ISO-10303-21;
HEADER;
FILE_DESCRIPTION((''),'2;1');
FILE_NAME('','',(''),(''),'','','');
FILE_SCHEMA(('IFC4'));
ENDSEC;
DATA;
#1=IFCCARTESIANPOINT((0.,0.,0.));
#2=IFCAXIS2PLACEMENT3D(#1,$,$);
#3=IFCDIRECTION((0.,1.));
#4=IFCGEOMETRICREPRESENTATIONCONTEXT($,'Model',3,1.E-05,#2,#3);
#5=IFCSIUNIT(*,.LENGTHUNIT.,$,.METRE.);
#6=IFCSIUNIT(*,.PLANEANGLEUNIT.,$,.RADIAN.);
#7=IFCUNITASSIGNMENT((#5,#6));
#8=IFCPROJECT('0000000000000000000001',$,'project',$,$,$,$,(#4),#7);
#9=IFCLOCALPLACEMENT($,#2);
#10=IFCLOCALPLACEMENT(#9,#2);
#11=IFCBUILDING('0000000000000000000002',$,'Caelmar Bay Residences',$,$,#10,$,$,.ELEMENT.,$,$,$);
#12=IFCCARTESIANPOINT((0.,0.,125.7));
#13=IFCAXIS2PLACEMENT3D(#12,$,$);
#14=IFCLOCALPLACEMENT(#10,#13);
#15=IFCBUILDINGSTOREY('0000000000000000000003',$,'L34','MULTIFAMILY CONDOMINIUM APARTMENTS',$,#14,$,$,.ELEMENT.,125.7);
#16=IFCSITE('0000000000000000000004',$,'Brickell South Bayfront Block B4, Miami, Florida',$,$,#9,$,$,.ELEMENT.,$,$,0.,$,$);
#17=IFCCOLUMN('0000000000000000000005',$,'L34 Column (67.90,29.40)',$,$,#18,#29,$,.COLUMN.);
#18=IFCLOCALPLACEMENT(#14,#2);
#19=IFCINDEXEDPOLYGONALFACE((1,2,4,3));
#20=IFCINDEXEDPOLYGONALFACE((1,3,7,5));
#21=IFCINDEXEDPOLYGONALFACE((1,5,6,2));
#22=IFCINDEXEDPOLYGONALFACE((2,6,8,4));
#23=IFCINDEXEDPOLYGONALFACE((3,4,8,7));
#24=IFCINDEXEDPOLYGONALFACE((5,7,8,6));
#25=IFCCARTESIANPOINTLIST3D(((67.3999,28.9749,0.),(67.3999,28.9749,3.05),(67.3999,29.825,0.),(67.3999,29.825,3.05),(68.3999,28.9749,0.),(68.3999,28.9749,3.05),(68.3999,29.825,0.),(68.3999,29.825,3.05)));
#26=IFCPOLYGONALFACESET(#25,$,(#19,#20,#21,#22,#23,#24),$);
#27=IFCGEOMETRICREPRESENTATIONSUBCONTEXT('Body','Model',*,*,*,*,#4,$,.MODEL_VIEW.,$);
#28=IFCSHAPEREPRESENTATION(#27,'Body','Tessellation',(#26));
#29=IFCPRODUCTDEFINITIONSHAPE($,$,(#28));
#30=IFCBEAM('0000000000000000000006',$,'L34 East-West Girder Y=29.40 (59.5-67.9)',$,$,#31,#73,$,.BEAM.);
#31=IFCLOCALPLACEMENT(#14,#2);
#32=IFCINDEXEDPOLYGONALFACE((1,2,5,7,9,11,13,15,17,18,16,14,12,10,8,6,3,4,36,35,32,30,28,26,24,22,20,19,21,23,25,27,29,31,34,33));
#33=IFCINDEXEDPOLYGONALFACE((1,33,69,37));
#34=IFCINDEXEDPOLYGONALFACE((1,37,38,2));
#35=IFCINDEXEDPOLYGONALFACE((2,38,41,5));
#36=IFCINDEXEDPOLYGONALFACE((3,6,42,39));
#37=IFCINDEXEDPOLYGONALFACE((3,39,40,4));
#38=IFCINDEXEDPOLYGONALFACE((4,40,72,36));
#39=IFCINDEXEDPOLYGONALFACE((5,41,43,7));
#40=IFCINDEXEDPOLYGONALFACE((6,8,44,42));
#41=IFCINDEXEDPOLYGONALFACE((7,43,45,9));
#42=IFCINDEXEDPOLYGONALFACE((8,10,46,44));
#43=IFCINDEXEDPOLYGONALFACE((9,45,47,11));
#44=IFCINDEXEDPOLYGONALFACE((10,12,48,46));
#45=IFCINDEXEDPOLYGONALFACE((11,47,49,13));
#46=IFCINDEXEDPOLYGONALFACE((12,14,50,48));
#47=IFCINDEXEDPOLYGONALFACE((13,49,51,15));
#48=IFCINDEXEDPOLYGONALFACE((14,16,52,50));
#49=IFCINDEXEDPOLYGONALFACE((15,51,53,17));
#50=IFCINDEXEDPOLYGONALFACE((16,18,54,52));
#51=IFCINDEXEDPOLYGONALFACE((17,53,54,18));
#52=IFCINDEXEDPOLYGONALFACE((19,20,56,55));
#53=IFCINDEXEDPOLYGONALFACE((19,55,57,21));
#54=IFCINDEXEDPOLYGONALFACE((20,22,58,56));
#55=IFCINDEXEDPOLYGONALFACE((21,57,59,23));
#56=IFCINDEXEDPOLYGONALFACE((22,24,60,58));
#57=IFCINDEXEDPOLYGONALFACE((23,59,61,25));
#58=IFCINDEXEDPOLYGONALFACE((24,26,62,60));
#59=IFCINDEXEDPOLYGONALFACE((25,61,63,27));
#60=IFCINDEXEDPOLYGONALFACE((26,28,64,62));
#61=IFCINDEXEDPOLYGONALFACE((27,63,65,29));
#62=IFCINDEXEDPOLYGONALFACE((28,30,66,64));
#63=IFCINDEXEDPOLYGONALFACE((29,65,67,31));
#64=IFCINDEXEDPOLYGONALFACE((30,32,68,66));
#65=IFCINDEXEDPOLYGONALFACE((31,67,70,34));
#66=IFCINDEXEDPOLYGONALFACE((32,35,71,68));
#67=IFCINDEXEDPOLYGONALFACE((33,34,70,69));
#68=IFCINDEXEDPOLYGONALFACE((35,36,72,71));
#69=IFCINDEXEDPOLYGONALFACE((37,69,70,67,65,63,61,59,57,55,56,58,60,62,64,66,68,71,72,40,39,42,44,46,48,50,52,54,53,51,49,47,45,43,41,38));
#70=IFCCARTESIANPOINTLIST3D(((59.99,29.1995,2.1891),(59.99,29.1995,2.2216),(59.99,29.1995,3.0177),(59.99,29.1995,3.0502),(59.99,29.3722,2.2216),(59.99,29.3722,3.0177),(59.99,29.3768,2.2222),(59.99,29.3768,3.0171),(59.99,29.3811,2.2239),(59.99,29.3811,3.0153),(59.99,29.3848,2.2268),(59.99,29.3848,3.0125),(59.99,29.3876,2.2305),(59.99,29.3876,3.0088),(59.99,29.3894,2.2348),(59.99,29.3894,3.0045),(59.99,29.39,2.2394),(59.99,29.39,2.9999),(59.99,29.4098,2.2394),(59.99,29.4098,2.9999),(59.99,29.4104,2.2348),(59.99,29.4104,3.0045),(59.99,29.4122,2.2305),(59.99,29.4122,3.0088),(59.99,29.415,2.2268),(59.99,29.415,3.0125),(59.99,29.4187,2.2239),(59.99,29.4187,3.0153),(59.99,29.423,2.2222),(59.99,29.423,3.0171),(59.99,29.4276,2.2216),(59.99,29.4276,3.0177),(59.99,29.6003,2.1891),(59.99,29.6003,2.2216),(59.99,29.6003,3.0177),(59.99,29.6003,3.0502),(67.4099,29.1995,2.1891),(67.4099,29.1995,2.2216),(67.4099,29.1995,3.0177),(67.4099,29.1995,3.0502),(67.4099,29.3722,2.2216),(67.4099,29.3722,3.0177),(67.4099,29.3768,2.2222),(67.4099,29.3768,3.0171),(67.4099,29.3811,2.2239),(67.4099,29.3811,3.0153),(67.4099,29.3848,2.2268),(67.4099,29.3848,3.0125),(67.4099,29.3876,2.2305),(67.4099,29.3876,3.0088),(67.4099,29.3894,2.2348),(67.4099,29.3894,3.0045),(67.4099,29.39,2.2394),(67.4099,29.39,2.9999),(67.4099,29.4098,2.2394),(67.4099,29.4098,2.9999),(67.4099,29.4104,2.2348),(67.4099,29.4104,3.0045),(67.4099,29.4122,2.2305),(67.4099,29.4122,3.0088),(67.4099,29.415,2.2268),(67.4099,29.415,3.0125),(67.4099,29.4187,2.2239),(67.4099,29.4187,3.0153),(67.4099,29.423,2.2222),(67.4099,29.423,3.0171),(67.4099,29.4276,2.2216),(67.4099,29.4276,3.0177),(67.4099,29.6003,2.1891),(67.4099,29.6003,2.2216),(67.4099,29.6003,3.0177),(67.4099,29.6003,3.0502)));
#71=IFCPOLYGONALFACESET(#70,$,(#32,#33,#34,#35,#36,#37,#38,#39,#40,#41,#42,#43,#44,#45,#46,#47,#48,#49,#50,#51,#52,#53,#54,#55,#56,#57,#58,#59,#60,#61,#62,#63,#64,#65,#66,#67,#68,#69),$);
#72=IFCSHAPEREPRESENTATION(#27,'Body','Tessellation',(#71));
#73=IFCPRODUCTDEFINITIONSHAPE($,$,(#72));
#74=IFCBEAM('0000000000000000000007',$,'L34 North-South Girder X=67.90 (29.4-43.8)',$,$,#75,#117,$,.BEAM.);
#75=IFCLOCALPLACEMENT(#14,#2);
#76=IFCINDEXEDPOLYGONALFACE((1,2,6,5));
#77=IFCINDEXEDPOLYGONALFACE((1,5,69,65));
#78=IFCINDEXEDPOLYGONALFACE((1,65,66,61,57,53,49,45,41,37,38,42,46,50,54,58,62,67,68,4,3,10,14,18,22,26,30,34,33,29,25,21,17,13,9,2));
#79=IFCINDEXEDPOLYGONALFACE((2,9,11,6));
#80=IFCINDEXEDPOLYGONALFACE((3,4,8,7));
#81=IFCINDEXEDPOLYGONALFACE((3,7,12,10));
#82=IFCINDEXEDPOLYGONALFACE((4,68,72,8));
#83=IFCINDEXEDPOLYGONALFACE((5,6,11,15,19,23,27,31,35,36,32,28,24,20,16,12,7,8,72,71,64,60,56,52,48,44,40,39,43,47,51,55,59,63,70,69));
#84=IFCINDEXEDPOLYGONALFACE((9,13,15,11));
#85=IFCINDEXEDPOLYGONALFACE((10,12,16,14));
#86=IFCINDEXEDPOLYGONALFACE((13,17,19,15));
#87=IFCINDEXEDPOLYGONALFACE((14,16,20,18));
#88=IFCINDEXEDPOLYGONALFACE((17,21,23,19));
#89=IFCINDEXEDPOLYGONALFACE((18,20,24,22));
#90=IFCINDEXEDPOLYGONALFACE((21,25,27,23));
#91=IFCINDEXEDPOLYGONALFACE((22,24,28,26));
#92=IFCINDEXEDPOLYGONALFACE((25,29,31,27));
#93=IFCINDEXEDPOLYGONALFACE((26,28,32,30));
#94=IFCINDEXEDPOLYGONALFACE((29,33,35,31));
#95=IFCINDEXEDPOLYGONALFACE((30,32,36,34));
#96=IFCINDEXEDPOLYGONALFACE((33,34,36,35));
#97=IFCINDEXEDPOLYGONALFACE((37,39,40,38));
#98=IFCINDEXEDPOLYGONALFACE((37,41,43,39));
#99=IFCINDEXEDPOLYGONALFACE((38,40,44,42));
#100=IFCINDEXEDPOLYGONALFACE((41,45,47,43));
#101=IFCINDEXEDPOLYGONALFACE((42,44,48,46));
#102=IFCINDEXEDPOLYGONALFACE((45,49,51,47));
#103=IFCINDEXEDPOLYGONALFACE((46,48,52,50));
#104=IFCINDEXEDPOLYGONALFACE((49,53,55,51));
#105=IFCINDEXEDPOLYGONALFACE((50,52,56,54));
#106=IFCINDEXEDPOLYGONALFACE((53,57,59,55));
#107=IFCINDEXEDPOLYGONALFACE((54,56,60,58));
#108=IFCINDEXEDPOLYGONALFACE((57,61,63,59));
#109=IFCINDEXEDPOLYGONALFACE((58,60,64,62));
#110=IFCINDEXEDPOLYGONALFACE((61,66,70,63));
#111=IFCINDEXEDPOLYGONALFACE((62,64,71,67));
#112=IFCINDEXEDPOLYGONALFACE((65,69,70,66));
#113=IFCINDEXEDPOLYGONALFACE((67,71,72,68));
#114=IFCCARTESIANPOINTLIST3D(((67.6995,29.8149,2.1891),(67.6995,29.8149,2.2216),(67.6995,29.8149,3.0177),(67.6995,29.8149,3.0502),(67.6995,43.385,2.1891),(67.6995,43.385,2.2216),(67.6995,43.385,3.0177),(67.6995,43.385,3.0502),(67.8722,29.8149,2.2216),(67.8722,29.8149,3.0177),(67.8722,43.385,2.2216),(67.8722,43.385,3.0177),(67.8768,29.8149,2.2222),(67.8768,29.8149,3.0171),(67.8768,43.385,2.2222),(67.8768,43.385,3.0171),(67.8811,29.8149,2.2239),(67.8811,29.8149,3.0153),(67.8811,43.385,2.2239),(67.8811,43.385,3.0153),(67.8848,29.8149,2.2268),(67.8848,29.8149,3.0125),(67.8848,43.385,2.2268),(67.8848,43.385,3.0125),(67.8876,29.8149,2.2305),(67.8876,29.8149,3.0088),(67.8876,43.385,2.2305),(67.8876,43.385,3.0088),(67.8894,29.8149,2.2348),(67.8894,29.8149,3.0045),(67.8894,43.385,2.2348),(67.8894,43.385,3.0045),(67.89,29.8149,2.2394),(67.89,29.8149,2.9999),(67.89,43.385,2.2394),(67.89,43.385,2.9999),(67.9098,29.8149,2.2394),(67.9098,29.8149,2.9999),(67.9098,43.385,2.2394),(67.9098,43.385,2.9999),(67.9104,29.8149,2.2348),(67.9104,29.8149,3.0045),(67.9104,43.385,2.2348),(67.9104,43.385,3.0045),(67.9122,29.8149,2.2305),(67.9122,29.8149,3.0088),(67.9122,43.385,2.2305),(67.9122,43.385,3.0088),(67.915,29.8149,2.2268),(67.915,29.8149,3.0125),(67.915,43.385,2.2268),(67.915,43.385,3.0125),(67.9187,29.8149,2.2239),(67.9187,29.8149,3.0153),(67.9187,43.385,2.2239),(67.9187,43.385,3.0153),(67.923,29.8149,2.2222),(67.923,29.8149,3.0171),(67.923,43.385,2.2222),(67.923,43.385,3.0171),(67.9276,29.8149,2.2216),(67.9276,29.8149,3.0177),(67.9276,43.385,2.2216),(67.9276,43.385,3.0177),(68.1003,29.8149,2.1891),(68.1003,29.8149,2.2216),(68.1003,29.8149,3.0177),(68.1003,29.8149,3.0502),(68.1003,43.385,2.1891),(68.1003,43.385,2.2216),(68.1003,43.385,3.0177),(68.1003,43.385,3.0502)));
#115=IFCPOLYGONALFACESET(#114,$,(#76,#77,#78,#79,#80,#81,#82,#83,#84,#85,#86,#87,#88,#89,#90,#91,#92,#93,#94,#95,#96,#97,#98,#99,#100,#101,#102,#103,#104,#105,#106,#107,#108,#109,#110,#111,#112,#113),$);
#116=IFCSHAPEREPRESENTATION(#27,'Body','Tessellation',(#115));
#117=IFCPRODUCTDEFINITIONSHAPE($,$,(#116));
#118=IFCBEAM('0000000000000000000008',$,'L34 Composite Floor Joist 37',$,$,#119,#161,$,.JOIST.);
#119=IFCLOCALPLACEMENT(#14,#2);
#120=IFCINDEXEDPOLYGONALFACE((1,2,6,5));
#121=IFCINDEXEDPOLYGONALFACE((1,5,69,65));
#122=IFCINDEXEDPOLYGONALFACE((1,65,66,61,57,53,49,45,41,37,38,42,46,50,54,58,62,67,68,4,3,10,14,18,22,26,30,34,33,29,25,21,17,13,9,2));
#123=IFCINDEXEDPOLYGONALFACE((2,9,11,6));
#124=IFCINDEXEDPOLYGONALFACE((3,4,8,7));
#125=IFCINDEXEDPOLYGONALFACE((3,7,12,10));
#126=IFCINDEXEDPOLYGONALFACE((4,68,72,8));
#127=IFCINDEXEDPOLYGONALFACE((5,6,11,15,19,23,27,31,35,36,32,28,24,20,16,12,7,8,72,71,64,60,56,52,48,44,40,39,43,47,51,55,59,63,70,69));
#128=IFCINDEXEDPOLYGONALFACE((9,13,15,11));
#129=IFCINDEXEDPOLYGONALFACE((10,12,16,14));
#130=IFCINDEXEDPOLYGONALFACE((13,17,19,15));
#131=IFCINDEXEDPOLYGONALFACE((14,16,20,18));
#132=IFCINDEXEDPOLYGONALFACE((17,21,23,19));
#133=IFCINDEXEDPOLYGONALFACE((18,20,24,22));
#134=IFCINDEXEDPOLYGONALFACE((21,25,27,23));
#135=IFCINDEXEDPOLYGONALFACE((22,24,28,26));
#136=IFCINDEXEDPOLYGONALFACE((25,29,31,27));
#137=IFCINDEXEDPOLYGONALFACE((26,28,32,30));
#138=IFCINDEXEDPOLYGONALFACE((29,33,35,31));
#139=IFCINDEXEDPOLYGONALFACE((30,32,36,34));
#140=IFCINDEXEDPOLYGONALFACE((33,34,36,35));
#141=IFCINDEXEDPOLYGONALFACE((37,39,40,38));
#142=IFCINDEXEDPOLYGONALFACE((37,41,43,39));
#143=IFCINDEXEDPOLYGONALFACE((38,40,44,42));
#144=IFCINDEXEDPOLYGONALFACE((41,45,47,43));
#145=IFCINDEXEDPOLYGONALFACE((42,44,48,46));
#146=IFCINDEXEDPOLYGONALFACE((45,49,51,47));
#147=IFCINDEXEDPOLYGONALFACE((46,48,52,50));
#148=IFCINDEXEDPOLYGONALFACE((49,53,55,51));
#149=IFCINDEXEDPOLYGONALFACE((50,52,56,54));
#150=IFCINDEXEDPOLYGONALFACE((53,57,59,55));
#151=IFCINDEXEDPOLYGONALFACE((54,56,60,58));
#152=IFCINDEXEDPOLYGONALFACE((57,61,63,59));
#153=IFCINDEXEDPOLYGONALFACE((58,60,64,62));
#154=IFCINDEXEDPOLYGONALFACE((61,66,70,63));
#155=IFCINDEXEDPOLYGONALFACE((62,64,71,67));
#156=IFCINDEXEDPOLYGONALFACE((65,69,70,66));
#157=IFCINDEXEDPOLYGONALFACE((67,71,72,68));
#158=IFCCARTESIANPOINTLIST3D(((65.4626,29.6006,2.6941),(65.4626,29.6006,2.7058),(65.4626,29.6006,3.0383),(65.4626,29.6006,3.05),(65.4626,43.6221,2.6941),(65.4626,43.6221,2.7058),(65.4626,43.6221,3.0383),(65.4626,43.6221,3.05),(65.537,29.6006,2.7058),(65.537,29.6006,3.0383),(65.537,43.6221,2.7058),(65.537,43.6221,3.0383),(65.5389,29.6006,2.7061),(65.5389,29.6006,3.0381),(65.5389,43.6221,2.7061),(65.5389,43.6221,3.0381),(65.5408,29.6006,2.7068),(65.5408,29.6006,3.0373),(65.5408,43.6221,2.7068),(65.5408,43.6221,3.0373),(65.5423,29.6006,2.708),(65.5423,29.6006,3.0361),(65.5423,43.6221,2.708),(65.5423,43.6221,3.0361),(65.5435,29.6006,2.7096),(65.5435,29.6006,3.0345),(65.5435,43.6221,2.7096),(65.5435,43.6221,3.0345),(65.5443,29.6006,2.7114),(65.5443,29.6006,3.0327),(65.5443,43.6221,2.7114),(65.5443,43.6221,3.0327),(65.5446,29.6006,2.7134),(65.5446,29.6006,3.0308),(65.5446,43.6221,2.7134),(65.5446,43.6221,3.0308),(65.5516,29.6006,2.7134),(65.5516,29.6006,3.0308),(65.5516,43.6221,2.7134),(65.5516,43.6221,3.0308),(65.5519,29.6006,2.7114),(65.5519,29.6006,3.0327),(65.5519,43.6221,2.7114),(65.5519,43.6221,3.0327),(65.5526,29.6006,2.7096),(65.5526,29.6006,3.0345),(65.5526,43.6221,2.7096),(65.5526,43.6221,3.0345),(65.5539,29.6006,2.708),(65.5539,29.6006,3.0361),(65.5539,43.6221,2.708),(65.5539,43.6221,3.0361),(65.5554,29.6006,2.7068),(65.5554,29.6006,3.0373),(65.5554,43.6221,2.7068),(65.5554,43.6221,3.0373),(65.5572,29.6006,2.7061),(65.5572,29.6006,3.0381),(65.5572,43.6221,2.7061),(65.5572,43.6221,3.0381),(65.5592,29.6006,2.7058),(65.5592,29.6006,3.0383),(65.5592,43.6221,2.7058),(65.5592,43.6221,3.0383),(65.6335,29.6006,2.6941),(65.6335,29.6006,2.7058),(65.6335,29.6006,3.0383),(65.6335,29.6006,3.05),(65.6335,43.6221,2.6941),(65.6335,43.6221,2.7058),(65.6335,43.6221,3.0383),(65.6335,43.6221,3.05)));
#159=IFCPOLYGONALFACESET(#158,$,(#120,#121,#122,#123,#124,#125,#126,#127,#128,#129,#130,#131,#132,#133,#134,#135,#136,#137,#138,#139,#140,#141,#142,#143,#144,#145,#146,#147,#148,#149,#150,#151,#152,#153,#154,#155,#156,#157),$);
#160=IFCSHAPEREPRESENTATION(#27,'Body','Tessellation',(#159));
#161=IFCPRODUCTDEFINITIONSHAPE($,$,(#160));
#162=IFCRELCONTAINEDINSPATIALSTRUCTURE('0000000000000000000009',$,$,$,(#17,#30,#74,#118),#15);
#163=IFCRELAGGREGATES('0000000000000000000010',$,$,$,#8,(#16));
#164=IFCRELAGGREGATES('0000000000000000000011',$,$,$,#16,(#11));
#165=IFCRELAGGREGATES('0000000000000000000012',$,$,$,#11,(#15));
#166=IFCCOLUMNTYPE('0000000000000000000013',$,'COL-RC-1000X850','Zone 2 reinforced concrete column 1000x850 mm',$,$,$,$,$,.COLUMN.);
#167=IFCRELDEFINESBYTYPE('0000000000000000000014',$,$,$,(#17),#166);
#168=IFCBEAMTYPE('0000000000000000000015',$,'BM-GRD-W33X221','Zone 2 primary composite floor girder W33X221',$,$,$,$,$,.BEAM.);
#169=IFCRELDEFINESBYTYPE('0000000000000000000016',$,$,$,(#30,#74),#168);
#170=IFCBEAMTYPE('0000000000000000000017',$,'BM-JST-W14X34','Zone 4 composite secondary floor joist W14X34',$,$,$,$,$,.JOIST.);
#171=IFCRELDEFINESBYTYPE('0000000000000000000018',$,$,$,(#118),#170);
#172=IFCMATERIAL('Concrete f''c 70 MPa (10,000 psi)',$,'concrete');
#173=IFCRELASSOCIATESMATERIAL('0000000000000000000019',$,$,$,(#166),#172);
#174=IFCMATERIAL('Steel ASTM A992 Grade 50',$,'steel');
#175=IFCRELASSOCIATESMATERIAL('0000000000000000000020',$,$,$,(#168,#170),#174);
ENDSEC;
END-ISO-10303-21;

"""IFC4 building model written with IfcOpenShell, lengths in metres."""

from ifc_helpers import new_model, si_unit, direction, frame, origin, origin_2d, place, context, subcontext, project, spatial, rectangle, i_section, extrude, material, material_profile, profile_set, type_object, element, save


model = new_model("IFC4")

# Units and contexts
model_context = context("Model", 3, precision=1e-05, world=origin(), true_north=direction((0.0, 1.0)))
body_context = subcontext(model_context, "Body", "Model", "MODEL_VIEW")
ifc_project = project(units=[si_unit("LENGTHUNIT", "METRE"), si_unit("PLANEANGLEUNIT", "RADIAN")], contexts=[model_context])

# Site, building, storey
site_placement = place(None, origin())
site = spatial("IfcSite", under=ifc_project, at=site_placement, Name="Brickell South Bayfront Block B4, Miami, Florida", CompositionType="ELEMENT", RefElevation=0.0)
building_placement = place(site_placement, origin())
building = spatial("IfcBuilding", under=site, at=building_placement, Name="Caelmar Bay Residences", CompositionType="ELEMENT")
storey_placement = place(building_placement, frame((0.0, 0.0, 125.7)))
storey = spatial("IfcBuildingStorey", under=building, at=storey_placement, Name="L34", Description="MULTIFAMILY CONDOMINIUM APARTMENTS", CompositionType="ELEMENT", Elevation=125.7)

# Column
ifc_material_1 = material(Name="Concrete f'c 70 MPa (10,000 psi)", Category="concrete")
ifc_material_profile_1 = material_profile(ifc_material_1, rectangle(XDim=1.0, YDim=0.8501, at=origin_2d()), Name="RC-COL-1000X850")
ifc_profile_set_1 = profile_set([ifc_material_profile_1], Name="Concrete f'c 70 MPa (10,000 psi)")
column_type = type_object("IfcColumnType", Name="COL-RC-1000X850", Description="Zone 2 reinforced concrete column 1000x850 mm", PredefinedType="COLUMN", material=ifc_profile_set_1)
column_placement = place(storey_placement, frame((67.8999, 29.3999, 0.0), z_axis=(0.0, 0.0, 1.0), x_axis=(1.0, 0.0, 0.0)))
element("IfcColumn", 1, at=column_placement, inside=storey, type_object=column_type, Name="L34 Column (67.90,29.40)", PredefinedType="COLUMN", context=body_context, shape_type="SweptSolid", body=[
    extrude(rectangle(XDim=1.0, YDim=0.8501, at=origin_2d()), origin(), (0.0, 0.0, 1.0), 3.05),
])

# Beams
ifc_material_2 = material(Name="Steel ASTM A992 Grade 50", Category="steel")
ifc_material_profile_2 = material_profile(ifc_material_2, i_section(OverallWidth=0.4009, OverallDepth=0.8611, WebThickness=0.0198, FlangeThickness=0.0325, FilletRadius=0.0178, at=origin_2d()), Name="W33X221")
ifc_profile_set_2 = profile_set([ifc_material_profile_2], Name="Steel ASTM A992 Grade 50")
beam_type_1 = type_object("IfcBeamType", Name="BM-GRD-W33X221", Description="Zone 2 primary composite floor girder W33X221", PredefinedType="BEAM", material=ifc_profile_set_2)
beam_1_placement = place(storey_placement, frame((59.99, 29.3999, 2.6196), z_axis=(1.0, 0.0, 0.0), x_axis=(0.0, 1.0, 0.0)))
element("IfcBeam", 2, at=beam_1_placement, inside=storey, type_object=beam_type_1, Name="L34 East-West Girder Y=29.40 (59.5-67.9)", PredefinedType="BEAM", context=body_context, shape_type="SweptSolid", body=[
    extrude(i_section(OverallWidth=0.4009, OverallDepth=0.8611, WebThickness=0.0198, FlangeThickness=0.0325, FilletRadius=0.0178, at=origin_2d()), origin(), (0.0, 0.0, 1.0), 7.4199),
])
beam_2_placement = place(storey_placement, frame((67.8999, 29.8149, 2.6196), z_axis=(0.0, 1.0, 0.0), x_axis=(-1.0, 0.0, 0.0)))
element("IfcBeam", 3, at=beam_2_placement, inside=storey, type_object=beam_type_1, Name="L34 North-South Girder X=67.90 (29.4-43.8)", PredefinedType="BEAM", context=body_context, shape_type="SweptSolid", body=[
    extrude(i_section(OverallWidth=0.4009, OverallDepth=0.8611, WebThickness=0.0198, FlangeThickness=0.0325, FilletRadius=0.0178, at=origin_2d()), origin(), (0.0, 0.0, 1.0), 13.5701),
])
ifc_material_profile_3 = material_profile(ifc_material_2, i_section(OverallWidth=0.1709, OverallDepth=0.356, WebThickness=0.0071, FlangeThickness=0.0117, FilletRadius=0.0076, at=origin_2d()), Name="W14X34")
ifc_profile_set_3 = profile_set([ifc_material_profile_3], Name="Steel ASTM A992 Grade 50")
beam_type_2 = type_object("IfcBeamType", Name="BM-JST-W14X34", Description="Zone 4 composite secondary floor joist W14X34", PredefinedType="JOIST", material=ifc_profile_set_3)
beam_3_placement = place(storey_placement, frame((65.5481, 29.6006, 2.8721), z_axis=(0.0, 1.0, 0.0), x_axis=(-1.0, 0.0, 0.0)))
element("IfcBeam", 4, at=beam_3_placement, inside=storey, type_object=beam_type_2, Name="L34 Composite Floor Joist 37", PredefinedType="JOIST", context=body_context, shape_type="SweptSolid", body=[
    extrude(i_section(OverallWidth=0.1709, OverallDepth=0.356, WebThickness=0.0071, FlangeThickness=0.0117, FilletRadius=0.0076, at=origin_2d()), origin(), (0.0, 0.0, 1.0), 14.0215),
])

save(model, "model.ifc")
